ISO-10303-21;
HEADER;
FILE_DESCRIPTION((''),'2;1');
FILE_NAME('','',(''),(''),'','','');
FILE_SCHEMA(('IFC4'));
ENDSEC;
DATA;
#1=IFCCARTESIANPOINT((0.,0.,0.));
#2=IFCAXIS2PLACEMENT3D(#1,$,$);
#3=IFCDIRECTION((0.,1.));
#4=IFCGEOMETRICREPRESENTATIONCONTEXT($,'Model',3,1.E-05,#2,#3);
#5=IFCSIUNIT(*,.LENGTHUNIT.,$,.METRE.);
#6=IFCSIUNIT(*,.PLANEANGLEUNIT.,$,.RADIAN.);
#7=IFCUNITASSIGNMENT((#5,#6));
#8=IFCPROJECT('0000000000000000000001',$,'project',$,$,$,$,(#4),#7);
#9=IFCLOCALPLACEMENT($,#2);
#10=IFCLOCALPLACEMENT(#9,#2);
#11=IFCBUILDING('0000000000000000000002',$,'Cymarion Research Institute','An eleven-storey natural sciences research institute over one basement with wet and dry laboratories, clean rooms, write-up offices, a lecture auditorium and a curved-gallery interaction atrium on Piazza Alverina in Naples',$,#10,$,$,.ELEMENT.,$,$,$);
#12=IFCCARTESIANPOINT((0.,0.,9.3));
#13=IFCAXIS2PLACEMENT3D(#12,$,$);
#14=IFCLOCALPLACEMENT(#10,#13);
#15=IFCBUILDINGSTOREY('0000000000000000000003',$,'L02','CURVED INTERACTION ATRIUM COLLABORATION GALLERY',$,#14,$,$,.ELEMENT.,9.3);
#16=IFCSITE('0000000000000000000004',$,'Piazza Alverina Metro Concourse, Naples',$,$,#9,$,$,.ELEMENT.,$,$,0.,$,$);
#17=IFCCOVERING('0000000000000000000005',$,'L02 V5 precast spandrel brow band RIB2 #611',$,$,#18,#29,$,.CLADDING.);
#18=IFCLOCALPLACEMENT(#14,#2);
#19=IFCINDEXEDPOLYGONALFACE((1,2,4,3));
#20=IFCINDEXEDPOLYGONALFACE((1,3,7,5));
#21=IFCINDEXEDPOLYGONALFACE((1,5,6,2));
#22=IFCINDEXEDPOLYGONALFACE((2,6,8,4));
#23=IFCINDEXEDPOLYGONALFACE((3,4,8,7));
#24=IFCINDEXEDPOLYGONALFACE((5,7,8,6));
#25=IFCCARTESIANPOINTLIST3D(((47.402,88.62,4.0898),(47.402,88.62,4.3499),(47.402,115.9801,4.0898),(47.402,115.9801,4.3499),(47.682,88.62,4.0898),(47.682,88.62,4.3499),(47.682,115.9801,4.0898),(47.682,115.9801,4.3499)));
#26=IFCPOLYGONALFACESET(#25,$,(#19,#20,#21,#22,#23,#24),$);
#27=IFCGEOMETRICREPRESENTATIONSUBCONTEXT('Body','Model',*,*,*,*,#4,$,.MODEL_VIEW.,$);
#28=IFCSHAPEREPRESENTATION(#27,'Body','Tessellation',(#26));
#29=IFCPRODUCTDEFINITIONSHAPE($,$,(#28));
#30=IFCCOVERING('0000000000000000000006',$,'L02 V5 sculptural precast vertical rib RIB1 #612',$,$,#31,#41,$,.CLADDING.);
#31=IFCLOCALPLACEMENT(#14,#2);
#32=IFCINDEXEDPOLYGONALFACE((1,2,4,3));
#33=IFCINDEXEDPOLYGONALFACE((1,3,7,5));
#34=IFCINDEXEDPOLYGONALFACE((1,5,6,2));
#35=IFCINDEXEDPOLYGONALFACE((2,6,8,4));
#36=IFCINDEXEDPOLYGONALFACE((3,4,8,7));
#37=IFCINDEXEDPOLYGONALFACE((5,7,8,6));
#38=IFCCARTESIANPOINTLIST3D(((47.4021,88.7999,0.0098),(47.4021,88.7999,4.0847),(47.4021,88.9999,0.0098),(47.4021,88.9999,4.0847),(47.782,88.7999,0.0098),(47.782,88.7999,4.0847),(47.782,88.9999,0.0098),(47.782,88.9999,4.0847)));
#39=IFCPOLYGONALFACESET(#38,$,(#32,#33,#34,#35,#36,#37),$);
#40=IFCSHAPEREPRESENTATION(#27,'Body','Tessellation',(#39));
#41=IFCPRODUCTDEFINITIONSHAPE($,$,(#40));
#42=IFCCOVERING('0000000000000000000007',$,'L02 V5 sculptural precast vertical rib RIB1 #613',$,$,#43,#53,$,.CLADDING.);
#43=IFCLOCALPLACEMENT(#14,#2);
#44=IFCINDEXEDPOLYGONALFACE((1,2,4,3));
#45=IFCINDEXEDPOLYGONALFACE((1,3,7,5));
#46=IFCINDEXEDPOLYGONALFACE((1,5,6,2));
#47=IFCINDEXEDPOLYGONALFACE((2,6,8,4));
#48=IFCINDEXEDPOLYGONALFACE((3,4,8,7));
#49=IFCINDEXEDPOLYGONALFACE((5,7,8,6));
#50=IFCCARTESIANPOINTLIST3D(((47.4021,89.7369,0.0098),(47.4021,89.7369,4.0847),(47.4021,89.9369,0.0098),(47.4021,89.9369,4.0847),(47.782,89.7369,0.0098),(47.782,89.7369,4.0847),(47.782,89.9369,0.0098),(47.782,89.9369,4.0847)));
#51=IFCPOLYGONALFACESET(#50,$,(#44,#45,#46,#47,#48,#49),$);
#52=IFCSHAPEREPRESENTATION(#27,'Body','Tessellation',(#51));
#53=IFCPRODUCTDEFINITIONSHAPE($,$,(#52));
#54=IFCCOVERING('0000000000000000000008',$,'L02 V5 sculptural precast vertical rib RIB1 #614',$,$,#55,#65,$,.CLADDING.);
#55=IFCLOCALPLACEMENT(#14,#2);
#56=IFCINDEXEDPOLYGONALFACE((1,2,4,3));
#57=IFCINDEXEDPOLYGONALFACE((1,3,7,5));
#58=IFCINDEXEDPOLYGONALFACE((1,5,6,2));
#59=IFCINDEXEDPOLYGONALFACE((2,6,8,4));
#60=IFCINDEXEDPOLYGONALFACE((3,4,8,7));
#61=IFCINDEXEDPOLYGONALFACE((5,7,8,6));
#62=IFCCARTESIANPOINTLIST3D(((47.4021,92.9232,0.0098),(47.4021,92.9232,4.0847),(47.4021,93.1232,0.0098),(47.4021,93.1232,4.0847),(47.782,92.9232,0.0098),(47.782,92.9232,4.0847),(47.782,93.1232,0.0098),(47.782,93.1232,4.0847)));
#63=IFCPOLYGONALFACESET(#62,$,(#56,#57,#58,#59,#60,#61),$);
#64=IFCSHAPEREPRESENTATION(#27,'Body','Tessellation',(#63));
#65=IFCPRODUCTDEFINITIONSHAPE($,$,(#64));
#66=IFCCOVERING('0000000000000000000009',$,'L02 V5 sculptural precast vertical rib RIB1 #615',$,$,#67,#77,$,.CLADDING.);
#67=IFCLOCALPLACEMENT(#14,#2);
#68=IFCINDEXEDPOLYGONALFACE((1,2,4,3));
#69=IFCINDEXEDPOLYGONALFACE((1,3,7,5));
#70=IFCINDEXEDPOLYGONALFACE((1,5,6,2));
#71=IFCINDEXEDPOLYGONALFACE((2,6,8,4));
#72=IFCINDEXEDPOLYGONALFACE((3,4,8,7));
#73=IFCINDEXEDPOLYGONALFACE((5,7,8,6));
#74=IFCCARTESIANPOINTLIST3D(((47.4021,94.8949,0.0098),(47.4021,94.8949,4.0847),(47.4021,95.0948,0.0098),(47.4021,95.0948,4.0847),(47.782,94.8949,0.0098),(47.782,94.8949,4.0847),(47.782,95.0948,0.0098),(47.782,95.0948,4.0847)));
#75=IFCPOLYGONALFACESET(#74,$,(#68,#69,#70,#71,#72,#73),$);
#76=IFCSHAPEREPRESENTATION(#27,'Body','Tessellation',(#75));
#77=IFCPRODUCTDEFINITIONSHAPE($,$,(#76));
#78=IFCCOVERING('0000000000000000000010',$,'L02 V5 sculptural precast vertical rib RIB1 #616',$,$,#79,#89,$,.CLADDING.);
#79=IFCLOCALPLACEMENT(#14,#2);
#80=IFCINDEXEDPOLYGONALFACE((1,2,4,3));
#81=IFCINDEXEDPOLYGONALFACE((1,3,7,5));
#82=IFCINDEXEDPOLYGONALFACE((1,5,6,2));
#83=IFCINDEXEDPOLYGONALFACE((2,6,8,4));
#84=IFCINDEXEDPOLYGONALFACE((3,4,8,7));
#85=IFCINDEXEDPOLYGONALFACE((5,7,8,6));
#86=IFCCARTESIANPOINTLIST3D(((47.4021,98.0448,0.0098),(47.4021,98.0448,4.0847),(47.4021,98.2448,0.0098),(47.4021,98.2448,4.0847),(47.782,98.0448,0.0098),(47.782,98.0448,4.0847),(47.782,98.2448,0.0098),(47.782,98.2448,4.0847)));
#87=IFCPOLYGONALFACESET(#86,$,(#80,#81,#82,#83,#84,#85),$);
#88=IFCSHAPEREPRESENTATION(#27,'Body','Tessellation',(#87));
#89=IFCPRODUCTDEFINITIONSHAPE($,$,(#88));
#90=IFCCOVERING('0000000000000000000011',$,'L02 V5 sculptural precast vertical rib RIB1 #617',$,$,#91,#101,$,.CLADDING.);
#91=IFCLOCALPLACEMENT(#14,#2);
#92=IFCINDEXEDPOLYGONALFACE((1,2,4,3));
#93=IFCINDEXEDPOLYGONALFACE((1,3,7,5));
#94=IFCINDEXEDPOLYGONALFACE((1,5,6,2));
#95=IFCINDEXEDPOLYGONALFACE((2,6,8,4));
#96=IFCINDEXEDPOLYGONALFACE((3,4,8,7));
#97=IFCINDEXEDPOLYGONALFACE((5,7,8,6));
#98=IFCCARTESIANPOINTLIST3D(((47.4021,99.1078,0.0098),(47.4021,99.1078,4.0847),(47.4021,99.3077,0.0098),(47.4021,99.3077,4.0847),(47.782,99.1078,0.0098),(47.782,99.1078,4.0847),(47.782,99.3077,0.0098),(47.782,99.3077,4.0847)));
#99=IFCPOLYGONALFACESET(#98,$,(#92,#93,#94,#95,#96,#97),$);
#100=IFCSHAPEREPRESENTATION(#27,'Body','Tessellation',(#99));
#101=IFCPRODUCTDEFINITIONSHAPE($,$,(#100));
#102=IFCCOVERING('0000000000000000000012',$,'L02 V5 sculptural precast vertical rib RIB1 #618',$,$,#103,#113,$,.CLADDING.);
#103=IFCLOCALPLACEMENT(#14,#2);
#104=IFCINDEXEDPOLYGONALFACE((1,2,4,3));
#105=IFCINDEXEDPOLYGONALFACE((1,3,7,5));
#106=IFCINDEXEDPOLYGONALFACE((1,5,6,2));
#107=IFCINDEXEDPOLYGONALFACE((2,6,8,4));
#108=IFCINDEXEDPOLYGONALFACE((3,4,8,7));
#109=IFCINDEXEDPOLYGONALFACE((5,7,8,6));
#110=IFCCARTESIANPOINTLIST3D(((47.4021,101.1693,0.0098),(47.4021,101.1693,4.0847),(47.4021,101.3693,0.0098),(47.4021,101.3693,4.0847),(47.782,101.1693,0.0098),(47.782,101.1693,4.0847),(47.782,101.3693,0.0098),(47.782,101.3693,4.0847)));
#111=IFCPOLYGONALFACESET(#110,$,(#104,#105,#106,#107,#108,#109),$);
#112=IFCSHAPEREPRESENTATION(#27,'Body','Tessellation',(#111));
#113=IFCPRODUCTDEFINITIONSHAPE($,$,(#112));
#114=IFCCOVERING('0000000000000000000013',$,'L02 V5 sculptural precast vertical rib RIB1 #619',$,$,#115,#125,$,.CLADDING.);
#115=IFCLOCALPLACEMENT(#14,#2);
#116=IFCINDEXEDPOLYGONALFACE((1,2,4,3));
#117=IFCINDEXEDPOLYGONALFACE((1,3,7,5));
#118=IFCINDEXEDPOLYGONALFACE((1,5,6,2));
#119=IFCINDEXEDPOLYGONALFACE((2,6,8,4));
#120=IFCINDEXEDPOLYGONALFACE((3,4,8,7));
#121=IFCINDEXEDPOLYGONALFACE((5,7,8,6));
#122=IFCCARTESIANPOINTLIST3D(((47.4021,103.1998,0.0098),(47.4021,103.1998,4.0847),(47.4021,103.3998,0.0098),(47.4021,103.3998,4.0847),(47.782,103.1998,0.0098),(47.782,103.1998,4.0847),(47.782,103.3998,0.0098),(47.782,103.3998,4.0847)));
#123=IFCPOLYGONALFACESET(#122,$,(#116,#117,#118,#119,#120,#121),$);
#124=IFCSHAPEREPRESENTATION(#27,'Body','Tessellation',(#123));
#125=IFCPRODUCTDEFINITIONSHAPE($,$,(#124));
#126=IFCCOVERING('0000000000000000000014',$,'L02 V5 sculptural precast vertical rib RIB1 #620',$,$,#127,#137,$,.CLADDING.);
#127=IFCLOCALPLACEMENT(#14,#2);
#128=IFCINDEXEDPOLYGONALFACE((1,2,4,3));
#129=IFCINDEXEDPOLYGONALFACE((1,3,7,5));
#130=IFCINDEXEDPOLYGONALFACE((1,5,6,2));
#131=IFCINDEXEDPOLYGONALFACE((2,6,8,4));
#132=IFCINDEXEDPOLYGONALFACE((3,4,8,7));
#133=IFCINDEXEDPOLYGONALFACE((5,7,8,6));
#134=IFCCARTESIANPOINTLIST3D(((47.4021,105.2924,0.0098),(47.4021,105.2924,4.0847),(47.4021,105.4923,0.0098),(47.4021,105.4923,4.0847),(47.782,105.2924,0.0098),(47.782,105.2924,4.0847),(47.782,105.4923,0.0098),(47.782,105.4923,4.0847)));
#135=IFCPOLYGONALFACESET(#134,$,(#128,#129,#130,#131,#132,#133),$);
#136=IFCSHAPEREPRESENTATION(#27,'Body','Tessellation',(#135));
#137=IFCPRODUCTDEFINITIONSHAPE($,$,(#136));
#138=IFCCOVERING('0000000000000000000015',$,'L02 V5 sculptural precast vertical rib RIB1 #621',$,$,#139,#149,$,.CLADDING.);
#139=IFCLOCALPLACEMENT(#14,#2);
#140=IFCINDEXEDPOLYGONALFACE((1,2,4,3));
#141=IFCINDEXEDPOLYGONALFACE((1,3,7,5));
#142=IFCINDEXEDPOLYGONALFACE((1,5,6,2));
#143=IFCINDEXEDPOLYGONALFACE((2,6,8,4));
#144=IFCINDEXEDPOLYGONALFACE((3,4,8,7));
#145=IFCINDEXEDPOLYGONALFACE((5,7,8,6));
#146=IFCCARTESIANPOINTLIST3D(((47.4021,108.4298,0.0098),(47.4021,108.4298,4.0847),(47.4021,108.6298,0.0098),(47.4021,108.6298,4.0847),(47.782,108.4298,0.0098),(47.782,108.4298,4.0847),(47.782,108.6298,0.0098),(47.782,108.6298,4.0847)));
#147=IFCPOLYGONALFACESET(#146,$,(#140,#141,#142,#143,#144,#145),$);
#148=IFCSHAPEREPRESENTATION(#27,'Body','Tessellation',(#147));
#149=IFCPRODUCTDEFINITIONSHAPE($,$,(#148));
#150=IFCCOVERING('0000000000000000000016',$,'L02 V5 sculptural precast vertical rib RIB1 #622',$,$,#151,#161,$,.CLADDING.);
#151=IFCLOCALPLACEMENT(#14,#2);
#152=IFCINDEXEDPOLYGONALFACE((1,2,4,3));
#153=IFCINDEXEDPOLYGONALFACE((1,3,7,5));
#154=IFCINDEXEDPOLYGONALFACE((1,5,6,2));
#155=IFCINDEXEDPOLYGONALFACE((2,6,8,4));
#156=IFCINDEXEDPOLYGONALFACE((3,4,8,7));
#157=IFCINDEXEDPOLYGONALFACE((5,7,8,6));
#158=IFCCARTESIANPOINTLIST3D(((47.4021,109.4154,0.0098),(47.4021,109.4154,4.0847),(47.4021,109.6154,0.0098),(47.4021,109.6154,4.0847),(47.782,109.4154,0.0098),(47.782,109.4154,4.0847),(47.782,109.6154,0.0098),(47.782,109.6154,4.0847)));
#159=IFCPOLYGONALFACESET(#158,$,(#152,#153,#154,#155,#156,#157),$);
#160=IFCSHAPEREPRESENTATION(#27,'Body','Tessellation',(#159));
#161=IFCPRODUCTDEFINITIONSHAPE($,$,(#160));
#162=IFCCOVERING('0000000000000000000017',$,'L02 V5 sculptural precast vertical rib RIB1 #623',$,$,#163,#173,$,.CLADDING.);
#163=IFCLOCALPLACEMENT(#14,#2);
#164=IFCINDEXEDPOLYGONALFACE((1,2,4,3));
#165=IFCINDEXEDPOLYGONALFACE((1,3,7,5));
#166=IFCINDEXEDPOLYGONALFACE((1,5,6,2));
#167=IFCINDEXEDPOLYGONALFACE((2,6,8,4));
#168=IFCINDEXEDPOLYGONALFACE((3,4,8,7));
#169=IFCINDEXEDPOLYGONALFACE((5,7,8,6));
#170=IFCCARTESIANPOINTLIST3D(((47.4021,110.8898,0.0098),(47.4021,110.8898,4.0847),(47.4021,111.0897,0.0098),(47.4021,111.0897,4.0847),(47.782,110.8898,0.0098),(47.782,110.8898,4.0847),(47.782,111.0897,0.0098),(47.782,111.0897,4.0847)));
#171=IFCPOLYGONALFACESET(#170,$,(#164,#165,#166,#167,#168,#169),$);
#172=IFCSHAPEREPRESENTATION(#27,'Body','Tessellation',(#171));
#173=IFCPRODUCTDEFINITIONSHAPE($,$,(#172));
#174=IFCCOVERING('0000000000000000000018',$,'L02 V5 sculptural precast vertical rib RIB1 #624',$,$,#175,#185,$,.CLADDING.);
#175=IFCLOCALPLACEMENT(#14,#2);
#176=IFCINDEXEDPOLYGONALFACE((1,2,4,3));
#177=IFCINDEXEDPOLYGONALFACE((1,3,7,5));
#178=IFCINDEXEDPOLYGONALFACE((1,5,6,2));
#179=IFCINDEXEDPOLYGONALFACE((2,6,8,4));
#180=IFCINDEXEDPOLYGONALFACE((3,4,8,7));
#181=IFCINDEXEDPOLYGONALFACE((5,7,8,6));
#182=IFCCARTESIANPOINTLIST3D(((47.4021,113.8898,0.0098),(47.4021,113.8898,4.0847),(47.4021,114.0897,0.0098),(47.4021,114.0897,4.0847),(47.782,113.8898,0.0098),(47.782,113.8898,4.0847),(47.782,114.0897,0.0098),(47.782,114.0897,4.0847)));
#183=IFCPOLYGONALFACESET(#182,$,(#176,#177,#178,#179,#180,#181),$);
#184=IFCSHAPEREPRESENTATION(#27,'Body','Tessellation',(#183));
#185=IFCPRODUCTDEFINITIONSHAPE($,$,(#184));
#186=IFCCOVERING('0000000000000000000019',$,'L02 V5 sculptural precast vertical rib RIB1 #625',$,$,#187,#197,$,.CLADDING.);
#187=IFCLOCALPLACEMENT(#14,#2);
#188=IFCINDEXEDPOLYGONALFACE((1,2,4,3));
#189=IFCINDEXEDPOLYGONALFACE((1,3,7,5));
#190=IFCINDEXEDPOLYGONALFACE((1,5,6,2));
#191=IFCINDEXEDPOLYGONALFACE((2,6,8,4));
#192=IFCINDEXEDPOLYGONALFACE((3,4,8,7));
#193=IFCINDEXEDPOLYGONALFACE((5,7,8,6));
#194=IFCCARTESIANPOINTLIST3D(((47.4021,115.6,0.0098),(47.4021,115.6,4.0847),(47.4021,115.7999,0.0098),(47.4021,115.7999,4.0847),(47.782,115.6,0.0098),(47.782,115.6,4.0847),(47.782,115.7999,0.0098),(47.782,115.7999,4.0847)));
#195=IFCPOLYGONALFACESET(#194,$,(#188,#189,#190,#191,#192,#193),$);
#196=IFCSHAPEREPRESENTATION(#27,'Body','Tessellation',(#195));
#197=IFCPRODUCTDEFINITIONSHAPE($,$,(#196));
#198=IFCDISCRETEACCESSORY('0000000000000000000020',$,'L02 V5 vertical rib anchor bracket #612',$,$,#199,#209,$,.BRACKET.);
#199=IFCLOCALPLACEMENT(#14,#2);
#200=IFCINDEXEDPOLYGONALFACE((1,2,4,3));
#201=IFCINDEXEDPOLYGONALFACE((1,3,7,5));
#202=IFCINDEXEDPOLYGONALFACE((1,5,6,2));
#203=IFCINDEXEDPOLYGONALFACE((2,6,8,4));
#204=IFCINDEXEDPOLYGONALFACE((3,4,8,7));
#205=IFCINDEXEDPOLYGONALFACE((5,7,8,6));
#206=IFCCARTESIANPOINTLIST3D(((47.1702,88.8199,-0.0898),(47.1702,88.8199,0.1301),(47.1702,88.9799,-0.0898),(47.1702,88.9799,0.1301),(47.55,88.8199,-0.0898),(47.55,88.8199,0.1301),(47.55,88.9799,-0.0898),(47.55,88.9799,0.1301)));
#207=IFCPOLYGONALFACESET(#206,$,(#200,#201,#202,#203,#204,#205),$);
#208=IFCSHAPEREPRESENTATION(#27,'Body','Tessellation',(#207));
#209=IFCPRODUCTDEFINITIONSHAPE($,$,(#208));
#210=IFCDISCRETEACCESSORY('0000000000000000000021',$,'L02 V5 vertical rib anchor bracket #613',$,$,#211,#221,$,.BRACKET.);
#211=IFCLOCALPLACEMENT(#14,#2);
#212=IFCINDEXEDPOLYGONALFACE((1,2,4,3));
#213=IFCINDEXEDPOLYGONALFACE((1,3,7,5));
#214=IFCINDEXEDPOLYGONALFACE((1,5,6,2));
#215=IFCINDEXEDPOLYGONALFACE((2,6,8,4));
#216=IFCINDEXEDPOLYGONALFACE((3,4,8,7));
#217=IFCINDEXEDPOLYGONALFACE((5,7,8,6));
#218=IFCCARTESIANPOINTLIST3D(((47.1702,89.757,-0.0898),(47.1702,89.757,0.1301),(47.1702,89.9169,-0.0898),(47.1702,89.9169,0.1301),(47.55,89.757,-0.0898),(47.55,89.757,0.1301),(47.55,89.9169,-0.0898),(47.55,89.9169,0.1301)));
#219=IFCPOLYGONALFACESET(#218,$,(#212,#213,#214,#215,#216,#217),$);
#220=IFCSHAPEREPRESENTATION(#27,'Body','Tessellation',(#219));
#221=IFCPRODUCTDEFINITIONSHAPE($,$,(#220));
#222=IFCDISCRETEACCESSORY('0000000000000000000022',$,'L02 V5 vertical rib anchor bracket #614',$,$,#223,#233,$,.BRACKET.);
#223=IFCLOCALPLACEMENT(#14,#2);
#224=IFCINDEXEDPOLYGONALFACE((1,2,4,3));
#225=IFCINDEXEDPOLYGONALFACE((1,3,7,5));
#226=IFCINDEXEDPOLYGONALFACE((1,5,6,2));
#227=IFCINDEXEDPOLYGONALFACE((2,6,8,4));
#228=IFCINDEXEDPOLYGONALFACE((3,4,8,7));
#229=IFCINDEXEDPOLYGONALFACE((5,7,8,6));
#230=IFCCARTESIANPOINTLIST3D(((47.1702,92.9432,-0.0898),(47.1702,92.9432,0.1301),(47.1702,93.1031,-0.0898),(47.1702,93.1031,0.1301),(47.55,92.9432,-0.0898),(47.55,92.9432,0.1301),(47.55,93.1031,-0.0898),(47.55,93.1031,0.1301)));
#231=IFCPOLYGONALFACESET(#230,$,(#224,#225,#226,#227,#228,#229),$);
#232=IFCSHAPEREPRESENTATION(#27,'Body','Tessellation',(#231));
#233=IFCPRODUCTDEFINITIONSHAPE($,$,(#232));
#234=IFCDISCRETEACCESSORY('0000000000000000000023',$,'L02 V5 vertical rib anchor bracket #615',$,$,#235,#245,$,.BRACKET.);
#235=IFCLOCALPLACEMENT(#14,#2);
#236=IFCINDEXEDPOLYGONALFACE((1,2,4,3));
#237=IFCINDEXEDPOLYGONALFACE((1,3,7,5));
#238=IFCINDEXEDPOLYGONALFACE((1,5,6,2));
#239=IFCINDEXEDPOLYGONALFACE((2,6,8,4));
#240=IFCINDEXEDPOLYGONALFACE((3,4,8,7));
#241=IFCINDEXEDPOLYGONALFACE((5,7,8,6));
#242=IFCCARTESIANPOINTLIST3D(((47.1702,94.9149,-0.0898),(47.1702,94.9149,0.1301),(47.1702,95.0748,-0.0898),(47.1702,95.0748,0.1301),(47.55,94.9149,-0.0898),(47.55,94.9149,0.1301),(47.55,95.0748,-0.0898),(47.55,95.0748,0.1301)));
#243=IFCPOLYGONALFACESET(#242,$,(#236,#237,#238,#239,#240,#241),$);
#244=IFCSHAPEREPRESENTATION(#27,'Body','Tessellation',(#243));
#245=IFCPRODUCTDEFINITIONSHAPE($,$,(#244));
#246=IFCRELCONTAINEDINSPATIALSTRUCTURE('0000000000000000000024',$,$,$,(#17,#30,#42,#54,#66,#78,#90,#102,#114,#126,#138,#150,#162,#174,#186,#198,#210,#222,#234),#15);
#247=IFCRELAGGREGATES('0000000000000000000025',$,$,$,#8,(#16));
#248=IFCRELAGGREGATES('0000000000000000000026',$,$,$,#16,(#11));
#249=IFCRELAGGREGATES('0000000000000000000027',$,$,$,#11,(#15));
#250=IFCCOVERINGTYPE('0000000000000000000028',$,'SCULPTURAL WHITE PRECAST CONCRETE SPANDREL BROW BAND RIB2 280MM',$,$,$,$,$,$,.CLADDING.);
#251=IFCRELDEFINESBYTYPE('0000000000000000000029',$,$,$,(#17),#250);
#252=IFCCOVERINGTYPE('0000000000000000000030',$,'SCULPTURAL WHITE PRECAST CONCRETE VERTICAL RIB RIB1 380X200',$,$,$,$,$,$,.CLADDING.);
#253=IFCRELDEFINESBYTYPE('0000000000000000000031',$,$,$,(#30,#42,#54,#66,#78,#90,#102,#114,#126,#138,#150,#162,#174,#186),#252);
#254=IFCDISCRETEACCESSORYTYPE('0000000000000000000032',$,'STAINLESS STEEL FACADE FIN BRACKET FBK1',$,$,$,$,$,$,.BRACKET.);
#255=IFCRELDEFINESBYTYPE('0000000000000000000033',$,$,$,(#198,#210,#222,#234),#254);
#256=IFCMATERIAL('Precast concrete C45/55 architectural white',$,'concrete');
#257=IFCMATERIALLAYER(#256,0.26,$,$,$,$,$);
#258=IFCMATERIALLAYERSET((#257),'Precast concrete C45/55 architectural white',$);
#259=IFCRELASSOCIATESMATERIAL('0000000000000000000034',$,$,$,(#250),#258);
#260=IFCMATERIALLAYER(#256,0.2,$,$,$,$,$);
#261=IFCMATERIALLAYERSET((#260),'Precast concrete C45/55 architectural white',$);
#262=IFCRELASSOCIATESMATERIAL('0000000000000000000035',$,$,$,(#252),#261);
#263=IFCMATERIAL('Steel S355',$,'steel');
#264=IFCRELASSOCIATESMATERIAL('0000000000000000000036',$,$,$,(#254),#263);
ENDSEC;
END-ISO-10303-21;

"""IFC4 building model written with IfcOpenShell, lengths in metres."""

from ifc_helpers import new_model, si_unit, direction, frame, origin, origin_2d, place, context, subcontext, project, spatial, rectangle, extrude, material, layer, layer_set, type_object, element, save


model = new_model("IFC4")

# Units and contexts
model_context = context("Model", 3, precision=1e-05, world=origin(), true_north=direction((0.0, 1.0)))
body_context = subcontext(model_context, "Body", "Model", "MODEL_VIEW")
ifc_project = project(units=[si_unit("LENGTHUNIT", "METRE"), si_unit("PLANEANGLEUNIT", "RADIAN")], contexts=[model_context])

# Site, building, storey
site_placement = place(None, origin())
site = spatial("IfcSite", under=ifc_project, at=site_placement, Name="Piazza Alverina Metro Concourse, Naples", CompositionType="ELEMENT", RefElevation=0.0)
building_placement = place(site_placement, origin())
building = spatial("IfcBuilding", under=site, at=building_placement, Name="Cymarion Research Institute", Description="An eleven-storey natural sciences research institute over one basement with wet and dry laboratories, clean rooms, write-up offices, a lecture auditorium and a curved-gallery interaction atrium on Piazza Alverina in Naples", CompositionType="ELEMENT")
storey_placement = place(building_placement, frame((0.0, 0.0, 9.3)))
storey = spatial("IfcBuildingStorey", under=building, at=storey_placement, Name="L02", Description="CURVED INTERACTION ATRIUM COLLABORATION GALLERY", CompositionType="ELEMENT", Elevation=9.3)

# Coverings
ifc_material_1 = material(Name="Precast concrete C45/55 architectural white", Category="concrete")
ifc_layer_1 = layer(ifc_material_1, 0.26)
ifc_layer_set_1 = layer_set([ifc_layer_1], Name="Precast concrete C45/55 architectural white")
covering_type_1 = type_object("IfcCoveringType", Name="SCULPTURAL WHITE PRECAST CONCRETE SPANDREL BROW BAND RIB2 280MM", PredefinedType="CLADDING", material=ifc_layer_set_1)
covering_placement = place(storey_placement, frame((47.542, 102.3, 4.0898), z_axis=(0.0, 0.0, 1.0), x_axis=(1.0, 0.0, 0.0)))
element("IfcCovering", 1, at=covering_placement, inside=storey, type_object=covering_type_1, Name="L02 V5 precast spandrel brow band RIB2 #611", PredefinedType="CLADDING", context=body_context, shape_type="SweptSolid", body=[
    extrude(rectangle(XDim=0.28, YDim=27.3601, at=origin_2d()), origin(), (0.0, 0.0, 1.0), 0.26),
])
ifc_layer_2 = layer(ifc_material_1, 0.2)
ifc_layer_set_2 = layer_set([ifc_layer_2], Name="Precast concrete C45/55 architectural white")
covering_type_2 = type_object("IfcCoveringType", Name="SCULPTURAL WHITE PRECAST CONCRETE VERTICAL RIB RIB1 380X200", PredefinedType="CLADDING", material=ifc_layer_set_2)
for number, where, z_axis, x_axis, name in (
    (2, (47.592, 88.8999, 0.0098), (0.0, 0.0, 1.0), (1.0, 0.0, 0.0), "L02 V5 sculptural precast vertical rib RIB1 #612"),
    (3, (47.592, 89.8369, 0.0098), (0.0, 0.0, 1.0), (1.0, 0.0, 0.0), "L02 V5 sculptural precast vertical rib RIB1 #613"),
    (4, (47.592, 93.0232, 0.0098), (0.0, 0.0, 1.0), (1.0, 0.0, 0.0), "L02 V5 sculptural precast vertical rib RIB1 #614"),
    (5, (47.592, 94.9949, 0.0098), (0.0, 0.0, 1.0), (1.0, 0.0, 0.0), "L02 V5 sculptural precast vertical rib RIB1 #615"),
    (6, (47.592, 98.1448, 0.0098), (0.0, 0.0, 1.0), (1.0, 0.0, 0.0), "L02 V5 sculptural precast vertical rib RIB1 #616"),
    (7, (47.592, 99.2078, 0.0098), (0.0, 0.0, 1.0), (1.0, 0.0, 0.0), "L02 V5 sculptural precast vertical rib RIB1 #617"),
    (8, (47.592, 101.2693, 0.0098), (0.0, 0.0, 1.0), (1.0, 0.0, 0.0), "L02 V5 sculptural precast vertical rib RIB1 #618"),
    (9, (47.592, 103.2998, 0.0098), (0.0, 0.0, 1.0), (1.0, 0.0, 0.0), "L02 V5 sculptural precast vertical rib RIB1 #619"),
    (10, (47.592, 105.3923, 0.0098), (0.0, 0.0, 1.0), (1.0, 0.0, 0.0), "L02 V5 sculptural precast vertical rib RIB1 #620"),
    (11, (47.592, 108.5298, 0.0098), (0.0, 0.0, 1.0), (1.0, 0.0, 0.0), "L02 V5 sculptural precast vertical rib RIB1 #621"),
    (12, (47.592, 109.5154, 0.0098), (0.0, 0.0, 1.0), (1.0, 0.0, 0.0), "L02 V5 sculptural precast vertical rib RIB1 #622"),
    (13, (47.592, 110.9897, 0.0098), (0.0, 0.0, 1.0), (1.0, 0.0, 0.0), "L02 V5 sculptural precast vertical rib RIB1 #623"),
    (14, (47.592, 113.9897, 0.0098), (0.0, 0.0, 1.0), (1.0, 0.0, 0.0), "L02 V5 sculptural precast vertical rib RIB1 #624"),
    (15, (47.592, 115.7, 0.0098), (0.0, 0.0, 1.0), (1.0, 0.0, 0.0), "L02 V5 sculptural precast vertical rib RIB1 #625"),
):
    element("IfcCovering", number, at=place(storey_placement, frame(where, z_axis=z_axis, x_axis=x_axis)), inside=storey, type_object=covering_type_2, Name=name, PredefinedType="CLADDING", context=body_context, shape_type="SweptSolid", body=[
        extrude(rectangle(XDim=0.3799, YDim=0.2, at=origin_2d()), origin(), (0.0, 0.0, 1.0), 4.075),
    ])

# Discrete accessories
ifc_material_2 = material(Name="Steel S355", Category="steel")
discrete_accessory_type = type_object("IfcDiscreteAccessoryType", Name="STAINLESS STEEL FACADE FIN BRACKET FBK1", PredefinedType="BRACKET", material=ifc_material_2)
for number, where, z_axis, x_axis, name in (
    (16, (47.3601, 88.8999, -0.0898), (0.0, 0.0, 1.0), (1.0, 0.0, 0.0), "L02 V5 vertical rib anchor bracket #612"),
    (17, (47.3601, 89.8369, -0.0898), (0.0, 0.0, 1.0), (1.0, 0.0, 0.0), "L02 V5 vertical rib anchor bracket #613"),
    (18, (47.3601, 93.0232, -0.0898), (0.0, 0.0, 1.0), (1.0, 0.0, 0.0), "L02 V5 vertical rib anchor bracket #614"),
    (19, (47.3601, 94.9949, -0.0898), (0.0, 0.0, 1.0), (1.0, 0.0, 0.0), "L02 V5 vertical rib anchor bracket #615"),
):
    element("IfcDiscreteAccessory", number, at=place(storey_placement, frame(where, z_axis=z_axis, x_axis=x_axis)), inside=storey, type_object=discrete_accessory_type, Name=name, PredefinedType="BRACKET", context=body_context, shape_type="SweptSolid", body=[
        extrude(rectangle(XDim=0.3799, YDim=0.1599, at=origin_2d()), origin(), (0.0, 0.0, 1.0), 0.22),
    ])

save(model, "model.ifc")
